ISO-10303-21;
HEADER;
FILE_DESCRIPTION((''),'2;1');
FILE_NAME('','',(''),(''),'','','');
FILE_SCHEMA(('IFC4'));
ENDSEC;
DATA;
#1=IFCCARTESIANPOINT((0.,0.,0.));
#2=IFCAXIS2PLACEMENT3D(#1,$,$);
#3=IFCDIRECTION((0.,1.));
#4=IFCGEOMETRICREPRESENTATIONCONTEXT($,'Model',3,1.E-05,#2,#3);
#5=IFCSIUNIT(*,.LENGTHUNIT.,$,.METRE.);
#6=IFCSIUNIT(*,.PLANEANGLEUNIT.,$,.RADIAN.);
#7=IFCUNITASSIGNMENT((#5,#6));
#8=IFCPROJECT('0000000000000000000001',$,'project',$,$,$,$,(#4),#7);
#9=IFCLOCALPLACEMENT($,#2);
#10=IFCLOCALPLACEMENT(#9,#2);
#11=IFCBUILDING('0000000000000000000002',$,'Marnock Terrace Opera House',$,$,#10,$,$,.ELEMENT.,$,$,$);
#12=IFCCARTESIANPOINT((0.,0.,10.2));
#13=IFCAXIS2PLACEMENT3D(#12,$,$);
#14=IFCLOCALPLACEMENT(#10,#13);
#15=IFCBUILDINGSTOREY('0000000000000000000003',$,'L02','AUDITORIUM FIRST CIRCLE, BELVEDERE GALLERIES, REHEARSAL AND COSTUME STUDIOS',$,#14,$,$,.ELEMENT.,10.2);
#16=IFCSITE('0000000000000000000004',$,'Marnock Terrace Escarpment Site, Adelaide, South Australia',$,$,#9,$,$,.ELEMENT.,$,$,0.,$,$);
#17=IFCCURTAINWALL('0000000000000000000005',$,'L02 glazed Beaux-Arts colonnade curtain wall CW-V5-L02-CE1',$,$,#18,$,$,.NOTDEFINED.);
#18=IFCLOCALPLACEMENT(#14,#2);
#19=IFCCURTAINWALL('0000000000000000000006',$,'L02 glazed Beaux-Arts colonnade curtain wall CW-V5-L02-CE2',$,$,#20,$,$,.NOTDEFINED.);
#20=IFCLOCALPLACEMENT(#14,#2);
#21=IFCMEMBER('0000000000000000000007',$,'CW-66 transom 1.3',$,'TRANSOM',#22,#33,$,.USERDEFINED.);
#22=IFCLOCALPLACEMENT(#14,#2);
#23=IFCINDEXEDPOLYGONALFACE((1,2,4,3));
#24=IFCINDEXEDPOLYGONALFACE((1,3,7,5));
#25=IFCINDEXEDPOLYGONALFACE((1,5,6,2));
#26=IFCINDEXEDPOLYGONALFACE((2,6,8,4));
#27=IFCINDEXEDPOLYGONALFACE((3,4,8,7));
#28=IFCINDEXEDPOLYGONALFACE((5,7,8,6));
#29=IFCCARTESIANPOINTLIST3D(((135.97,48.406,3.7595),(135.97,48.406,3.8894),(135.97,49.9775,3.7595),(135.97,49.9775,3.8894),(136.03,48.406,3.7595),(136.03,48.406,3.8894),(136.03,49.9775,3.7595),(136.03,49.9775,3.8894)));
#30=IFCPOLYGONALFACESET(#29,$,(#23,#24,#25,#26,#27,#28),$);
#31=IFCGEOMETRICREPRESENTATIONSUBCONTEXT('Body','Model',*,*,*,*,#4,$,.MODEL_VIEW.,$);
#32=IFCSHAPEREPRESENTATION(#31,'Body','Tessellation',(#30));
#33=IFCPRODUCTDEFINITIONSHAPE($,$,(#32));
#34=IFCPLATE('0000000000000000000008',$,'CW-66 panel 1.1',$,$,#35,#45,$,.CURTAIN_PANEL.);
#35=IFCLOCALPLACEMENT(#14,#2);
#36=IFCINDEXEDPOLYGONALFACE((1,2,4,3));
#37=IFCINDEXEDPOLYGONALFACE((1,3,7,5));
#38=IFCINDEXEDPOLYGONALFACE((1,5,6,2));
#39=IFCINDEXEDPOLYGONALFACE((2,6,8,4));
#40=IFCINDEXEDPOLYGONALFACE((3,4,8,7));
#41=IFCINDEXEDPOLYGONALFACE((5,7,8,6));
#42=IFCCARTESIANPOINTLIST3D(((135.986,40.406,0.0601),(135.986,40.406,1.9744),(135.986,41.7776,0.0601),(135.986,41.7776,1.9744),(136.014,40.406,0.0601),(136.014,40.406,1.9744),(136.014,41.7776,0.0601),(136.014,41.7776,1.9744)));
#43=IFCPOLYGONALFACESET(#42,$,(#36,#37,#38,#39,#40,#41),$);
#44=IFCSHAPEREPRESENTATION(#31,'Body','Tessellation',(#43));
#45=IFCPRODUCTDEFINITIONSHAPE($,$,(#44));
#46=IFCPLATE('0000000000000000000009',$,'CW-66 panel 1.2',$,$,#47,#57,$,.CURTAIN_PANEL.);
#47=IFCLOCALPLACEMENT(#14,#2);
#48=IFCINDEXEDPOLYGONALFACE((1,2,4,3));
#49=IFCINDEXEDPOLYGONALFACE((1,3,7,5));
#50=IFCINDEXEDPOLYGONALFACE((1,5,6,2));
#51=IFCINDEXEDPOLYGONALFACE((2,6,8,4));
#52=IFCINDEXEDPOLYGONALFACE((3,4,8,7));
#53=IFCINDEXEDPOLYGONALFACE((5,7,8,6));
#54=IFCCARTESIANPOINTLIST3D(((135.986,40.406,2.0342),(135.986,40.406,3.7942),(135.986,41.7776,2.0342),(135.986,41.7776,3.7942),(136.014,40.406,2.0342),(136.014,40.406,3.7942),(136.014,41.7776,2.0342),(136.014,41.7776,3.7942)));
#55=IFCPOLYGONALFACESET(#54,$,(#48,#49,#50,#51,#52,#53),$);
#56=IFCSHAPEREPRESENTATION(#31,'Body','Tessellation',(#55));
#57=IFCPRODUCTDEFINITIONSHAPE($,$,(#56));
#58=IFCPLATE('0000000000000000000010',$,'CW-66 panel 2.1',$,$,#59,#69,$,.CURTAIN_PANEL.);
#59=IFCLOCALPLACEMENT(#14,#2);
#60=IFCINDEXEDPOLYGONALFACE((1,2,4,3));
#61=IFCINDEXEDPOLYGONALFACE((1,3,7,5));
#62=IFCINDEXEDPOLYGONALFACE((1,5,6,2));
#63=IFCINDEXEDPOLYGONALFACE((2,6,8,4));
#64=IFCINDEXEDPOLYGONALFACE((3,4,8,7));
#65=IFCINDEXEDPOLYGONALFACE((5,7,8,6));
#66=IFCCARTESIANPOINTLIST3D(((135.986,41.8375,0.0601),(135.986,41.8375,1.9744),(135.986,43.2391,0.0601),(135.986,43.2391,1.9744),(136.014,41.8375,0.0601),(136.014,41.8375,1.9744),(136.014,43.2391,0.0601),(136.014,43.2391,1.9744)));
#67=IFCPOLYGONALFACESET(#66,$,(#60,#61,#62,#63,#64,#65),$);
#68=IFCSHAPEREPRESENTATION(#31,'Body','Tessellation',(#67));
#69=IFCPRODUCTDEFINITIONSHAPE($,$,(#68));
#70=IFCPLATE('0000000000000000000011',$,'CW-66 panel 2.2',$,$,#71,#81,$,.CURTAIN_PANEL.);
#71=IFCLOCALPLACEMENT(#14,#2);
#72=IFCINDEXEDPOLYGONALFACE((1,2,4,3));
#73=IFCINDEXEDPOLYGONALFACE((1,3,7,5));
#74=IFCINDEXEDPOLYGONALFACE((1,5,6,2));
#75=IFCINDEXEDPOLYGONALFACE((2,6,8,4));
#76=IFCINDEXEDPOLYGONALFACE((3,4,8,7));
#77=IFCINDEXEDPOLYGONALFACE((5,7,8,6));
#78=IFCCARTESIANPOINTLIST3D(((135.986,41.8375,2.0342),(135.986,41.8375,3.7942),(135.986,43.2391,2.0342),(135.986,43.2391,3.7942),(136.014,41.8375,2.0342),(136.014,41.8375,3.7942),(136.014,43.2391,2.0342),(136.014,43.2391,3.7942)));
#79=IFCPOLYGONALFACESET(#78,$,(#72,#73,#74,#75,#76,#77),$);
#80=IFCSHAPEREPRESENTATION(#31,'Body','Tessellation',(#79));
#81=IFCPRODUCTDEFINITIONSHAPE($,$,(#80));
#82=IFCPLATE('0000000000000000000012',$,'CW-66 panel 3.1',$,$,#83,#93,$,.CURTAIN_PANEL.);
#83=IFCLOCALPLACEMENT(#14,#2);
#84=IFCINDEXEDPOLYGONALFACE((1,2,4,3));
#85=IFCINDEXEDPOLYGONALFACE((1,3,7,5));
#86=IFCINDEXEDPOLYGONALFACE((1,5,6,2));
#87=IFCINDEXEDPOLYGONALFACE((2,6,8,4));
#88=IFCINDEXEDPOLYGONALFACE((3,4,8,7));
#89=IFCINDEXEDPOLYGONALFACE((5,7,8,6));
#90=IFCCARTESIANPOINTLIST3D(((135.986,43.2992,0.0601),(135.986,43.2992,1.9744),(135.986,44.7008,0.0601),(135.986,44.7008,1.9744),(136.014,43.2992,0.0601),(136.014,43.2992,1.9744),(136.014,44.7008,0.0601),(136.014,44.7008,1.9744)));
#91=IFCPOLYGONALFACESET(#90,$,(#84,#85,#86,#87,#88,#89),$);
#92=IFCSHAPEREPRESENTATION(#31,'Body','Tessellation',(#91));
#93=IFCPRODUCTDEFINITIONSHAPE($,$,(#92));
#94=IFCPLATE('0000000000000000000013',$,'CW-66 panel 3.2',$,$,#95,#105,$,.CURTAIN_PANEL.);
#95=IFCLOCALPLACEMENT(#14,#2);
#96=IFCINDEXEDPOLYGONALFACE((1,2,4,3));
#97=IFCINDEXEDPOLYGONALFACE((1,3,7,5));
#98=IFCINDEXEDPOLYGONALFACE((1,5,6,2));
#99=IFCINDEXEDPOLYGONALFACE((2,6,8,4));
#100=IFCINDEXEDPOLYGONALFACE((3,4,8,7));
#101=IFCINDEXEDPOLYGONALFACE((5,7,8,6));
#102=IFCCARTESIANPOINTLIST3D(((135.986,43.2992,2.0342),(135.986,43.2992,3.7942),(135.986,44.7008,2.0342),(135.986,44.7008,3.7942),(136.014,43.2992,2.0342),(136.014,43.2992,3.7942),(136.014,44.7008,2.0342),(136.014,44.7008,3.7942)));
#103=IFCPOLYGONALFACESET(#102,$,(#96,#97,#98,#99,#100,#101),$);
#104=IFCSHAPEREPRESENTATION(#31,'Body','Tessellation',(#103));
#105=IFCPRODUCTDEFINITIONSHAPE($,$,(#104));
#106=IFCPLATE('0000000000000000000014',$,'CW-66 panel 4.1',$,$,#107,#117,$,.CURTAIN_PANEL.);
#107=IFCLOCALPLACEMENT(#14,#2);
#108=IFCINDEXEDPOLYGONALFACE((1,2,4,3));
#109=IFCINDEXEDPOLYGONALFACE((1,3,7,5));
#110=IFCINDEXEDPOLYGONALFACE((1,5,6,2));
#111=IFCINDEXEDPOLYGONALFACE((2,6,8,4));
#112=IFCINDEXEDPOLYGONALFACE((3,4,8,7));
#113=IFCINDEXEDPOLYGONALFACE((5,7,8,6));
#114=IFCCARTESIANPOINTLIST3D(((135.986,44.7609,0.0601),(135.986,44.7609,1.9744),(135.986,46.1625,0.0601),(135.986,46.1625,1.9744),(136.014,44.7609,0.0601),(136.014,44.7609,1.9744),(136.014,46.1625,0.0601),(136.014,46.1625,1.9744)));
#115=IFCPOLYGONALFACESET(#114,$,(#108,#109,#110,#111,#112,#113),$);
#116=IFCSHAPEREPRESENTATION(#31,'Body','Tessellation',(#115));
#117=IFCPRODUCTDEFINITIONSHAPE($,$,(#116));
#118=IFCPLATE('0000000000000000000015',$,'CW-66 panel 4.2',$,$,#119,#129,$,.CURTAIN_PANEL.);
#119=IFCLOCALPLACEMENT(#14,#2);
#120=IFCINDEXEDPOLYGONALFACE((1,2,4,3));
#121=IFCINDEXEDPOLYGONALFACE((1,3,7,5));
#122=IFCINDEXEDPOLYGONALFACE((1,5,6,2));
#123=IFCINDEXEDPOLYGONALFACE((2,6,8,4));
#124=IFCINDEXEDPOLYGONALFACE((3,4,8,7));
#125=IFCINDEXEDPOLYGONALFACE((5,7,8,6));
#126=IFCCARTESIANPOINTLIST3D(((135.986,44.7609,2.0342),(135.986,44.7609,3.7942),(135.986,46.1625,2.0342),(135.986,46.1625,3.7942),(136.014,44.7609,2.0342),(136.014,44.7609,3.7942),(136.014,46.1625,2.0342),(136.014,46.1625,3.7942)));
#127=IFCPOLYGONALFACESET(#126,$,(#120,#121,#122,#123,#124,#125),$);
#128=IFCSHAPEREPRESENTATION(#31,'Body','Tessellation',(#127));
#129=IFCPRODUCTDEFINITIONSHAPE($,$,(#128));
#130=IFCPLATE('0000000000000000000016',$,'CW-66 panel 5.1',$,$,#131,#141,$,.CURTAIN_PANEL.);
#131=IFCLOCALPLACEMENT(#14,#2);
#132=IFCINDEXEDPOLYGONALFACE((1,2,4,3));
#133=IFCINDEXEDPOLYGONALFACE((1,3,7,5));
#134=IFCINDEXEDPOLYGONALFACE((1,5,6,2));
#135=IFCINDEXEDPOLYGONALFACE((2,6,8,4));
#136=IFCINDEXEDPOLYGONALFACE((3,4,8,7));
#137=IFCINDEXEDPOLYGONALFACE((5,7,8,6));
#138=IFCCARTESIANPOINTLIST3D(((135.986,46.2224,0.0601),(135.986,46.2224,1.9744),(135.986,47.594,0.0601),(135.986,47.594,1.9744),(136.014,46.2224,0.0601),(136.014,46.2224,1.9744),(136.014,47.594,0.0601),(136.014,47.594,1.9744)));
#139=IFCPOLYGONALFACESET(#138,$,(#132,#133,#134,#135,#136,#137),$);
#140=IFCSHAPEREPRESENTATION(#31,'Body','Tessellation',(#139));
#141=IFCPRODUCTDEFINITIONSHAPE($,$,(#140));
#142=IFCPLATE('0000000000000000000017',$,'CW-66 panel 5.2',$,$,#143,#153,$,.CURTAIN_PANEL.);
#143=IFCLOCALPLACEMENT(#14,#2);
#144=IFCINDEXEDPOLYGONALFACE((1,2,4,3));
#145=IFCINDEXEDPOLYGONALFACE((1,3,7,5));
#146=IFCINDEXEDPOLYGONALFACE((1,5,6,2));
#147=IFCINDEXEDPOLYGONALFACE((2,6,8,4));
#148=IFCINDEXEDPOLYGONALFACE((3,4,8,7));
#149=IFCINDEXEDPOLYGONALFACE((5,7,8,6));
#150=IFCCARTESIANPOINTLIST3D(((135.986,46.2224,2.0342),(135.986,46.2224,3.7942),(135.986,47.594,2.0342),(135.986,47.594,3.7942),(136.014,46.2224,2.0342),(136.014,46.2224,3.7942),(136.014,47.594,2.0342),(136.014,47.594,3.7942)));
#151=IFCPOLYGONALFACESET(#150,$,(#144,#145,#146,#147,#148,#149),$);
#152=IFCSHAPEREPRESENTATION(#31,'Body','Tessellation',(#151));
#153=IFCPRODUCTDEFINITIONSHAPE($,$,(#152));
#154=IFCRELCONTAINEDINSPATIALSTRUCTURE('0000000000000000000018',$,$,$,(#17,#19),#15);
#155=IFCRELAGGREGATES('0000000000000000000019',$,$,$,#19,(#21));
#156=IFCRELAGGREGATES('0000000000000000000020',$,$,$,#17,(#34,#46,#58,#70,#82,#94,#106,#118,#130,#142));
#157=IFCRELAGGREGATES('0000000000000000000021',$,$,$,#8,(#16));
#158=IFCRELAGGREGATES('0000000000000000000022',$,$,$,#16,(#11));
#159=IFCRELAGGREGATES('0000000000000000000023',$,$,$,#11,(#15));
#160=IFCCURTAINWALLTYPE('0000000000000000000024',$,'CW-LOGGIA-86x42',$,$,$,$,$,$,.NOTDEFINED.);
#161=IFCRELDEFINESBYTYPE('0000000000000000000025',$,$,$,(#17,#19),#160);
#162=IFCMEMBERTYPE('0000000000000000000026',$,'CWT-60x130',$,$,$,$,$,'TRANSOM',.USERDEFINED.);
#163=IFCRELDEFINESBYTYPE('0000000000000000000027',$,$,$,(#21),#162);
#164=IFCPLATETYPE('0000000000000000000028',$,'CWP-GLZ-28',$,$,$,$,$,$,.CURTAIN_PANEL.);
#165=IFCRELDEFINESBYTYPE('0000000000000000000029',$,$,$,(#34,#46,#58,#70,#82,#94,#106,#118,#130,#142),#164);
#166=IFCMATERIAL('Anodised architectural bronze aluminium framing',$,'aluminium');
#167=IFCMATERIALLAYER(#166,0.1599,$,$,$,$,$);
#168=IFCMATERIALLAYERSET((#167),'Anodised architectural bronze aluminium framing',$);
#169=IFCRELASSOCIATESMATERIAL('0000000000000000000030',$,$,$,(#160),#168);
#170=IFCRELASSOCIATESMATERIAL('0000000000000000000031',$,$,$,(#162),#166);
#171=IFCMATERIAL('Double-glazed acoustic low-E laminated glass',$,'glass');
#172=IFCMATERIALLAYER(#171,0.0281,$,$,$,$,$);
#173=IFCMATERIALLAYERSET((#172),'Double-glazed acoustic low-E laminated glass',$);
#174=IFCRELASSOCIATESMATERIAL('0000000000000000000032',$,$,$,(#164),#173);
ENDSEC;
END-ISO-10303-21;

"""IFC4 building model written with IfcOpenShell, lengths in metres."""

from ifc_helpers import new_model, si_unit, direction, frame, origin, origin_2d, place, context, subcontext, project, spatial, rectangle, extrude, material, layer, layer_set, material_profile, profile_set, type_object, element, aggregate, save


model = new_model("IFC4")

# Units and contexts
model_context = context("Model", 3, precision=1e-05, world=origin(), true_north=direction((0.0, 1.0)))
body_context = subcontext(model_context, "Body", "Model", "MODEL_VIEW")
ifc_project = project(units=[si_unit("LENGTHUNIT", "METRE"), si_unit("PLANEANGLEUNIT", "RADIAN")], contexts=[model_context])

# Site, building, storey
site_placement = place(None, origin())
site = spatial("IfcSite", under=ifc_project, at=site_placement, Name="Marnock Terrace Escarpment Site, Adelaide, South Australia", CompositionType="ELEMENT", RefElevation=0.0)
building_placement = place(site_placement, origin())
building = spatial("IfcBuilding", under=site, at=building_placement, Name="Marnock Terrace Opera House", CompositionType="ELEMENT")
storey_placement = place(building_placement, frame((0.0, 0.0, 10.2)))
storey = spatial("IfcBuildingStorey", under=building, at=storey_placement, Name="L02", Description="AUDITORIUM FIRST CIRCLE, BELVEDERE GALLERIES, REHEARSAL AND COSTUME STUDIOS", CompositionType="ELEMENT", Elevation=10.2)

# Curtain wall
ifc_material_1 = material(Name="Anodised architectural bronze aluminium framing", Category="aluminium")
ifc_layer_1 = layer(ifc_material_1, 0.1599)
ifc_layer_set_1 = layer_set([ifc_layer_1], Name="Anodised architectural bronze aluminium framing")
curtain_wall_type = type_object("IfcCurtainWallType", Name="CW-LOGGIA-86x42", PredefinedType="NOTDEFINED", material=ifc_layer_set_1)
curtain_wall_1_placement = place(storey_placement, origin())
curtain_wall_1 = element("IfcCurtainWall", 1, at=curtain_wall_1_placement, inside=storey, type_object=curtain_wall_type, Name="L02 glazed Beaux-Arts colonnade curtain wall CW-V5-L02-CE1", PredefinedType="NOTDEFINED")

# Curtain wall
curtain_wall_2_placement = place(storey_placement, origin())
curtain_wall_2 = element("IfcCurtainWall", 2, at=curtain_wall_2_placement, inside=storey, type_object=curtain_wall_type, Name="L02 glazed Beaux-Arts colonnade curtain wall CW-V5-L02-CE2", PredefinedType="NOTDEFINED")

# Member
ifc_material_profile_1 = material_profile(ifc_material_1, rectangle(XDim=0.0601, YDim=0.1299, at=origin_2d()))
ifc_profile_set_1 = profile_set([ifc_material_profile_1], Name="Anodised architectural bronze aluminium framing")
member_type_1 = type_object("IfcMemberType", Name="CWT-60x130", ElementType="TRANSOM", PredefinedType="USERDEFINED", material=ifc_profile_set_1)
member_1_placement = place(storey_placement, frame((136.0, 48.406, 3.8245), z_axis=(0.0, 1.0, 0.0), x_axis=(-1.0, 0.0, 0.0)))
member_1 = element("IfcMember", 3, at=member_1_placement, type_object=member_type_1, Name="CW-66 transom 1.3", ObjectType="TRANSOM", PredefinedType="USERDEFINED", context=body_context, shape_type="SweptSolid", body=[
    extrude(rectangle(XDim=0.0601, YDim=0.1299, at=origin_2d()), origin(), (0.0, 0.0, 1.0), 1.5715),
])
aggregate(curtain_wall_2, [member_1])

# Plates
ifc_material_2 = material(Name="Double-glazed acoustic low-E laminated glass", Category="glass")
ifc_layer_2 = layer(ifc_material_2, 0.0281)
ifc_layer_set_2 = layer_set([ifc_layer_2], Name="Double-glazed acoustic low-E laminated glass")
plate_type = type_object("IfcPlateType", Name="CWP-GLZ-28", PredefinedType="CURTAIN_PANEL", material=ifc_layer_set_2)
plate_1_placement = place(storey_placement, frame((136.0, 41.0918, 0.0601), z_axis=(0.0, 0.0, 1.0), x_axis=(0.0, 1.0, 0.0)))
plate_1 = element("IfcPlate", 4, at=plate_1_placement, type_object=plate_type, Name="CW-66 panel 1.1", PredefinedType="CURTAIN_PANEL", context=body_context, shape_type="SweptSolid", body=[
    extrude(rectangle(XDim=1.3716, YDim=0.0281, at=origin_2d()), origin(), (0.0, 0.0, 1.0), 1.9143),
])
plate_2_placement = place(storey_placement, frame((136.0, 41.0918, 2.0342), z_axis=(0.0, 0.0, 1.0), x_axis=(0.0, 1.0, 0.0)))
plate_2 = element("IfcPlate", 5, at=plate_2_placement, type_object=plate_type, Name="CW-66 panel 1.2", PredefinedType="CURTAIN_PANEL", context=body_context, shape_type="SweptSolid", body=[
    extrude(rectangle(XDim=1.3716, YDim=0.0281, at=origin_2d()), origin(), (0.0, 0.0, 1.0), 1.76),
])
plate_3_placement = place(storey_placement, frame((136.0, 42.5383, 0.0601), z_axis=(0.0, 0.0, 1.0), x_axis=(0.0, 1.0, 0.0)))
plate_3 = element("IfcPlate", 6, at=plate_3_placement, type_object=plate_type, Name="CW-66 panel 2.1", PredefinedType="CURTAIN_PANEL", context=body_context, shape_type="SweptSolid", body=[
    extrude(rectangle(XDim=1.4016, YDim=0.0281, at=origin_2d()), origin(), (0.0, 0.0, 1.0), 1.9143),
])
plate_4_placement = place(storey_placement, frame((136.0, 42.5383, 2.0342), z_axis=(0.0, 0.0, 1.0), x_axis=(0.0, 1.0, 0.0)))
plate_4 = element("IfcPlate", 7, at=plate_4_placement, type_object=plate_type, Name="CW-66 panel 2.2", PredefinedType="CURTAIN_PANEL", context=body_context, shape_type="SweptSolid", body=[
    extrude(rectangle(XDim=1.4016, YDim=0.0281, at=origin_2d()), origin(), (0.0, 0.0, 1.0), 1.76),
])
plate_5_placement = place(storey_placement, frame((136.0, 44.0, 0.0601), z_axis=(0.0, 0.0, 1.0), x_axis=(0.0, 1.0, 0.0)))
plate_5 = element("IfcPlate", 8, at=plate_5_placement, type_object=plate_type, Name="CW-66 panel 3.1", PredefinedType="CURTAIN_PANEL", context=body_context, shape_type="SweptSolid", body=[
    extrude(rectangle(XDim=1.4016, YDim=0.0281, at=origin_2d()), origin(), (0.0, 0.0, 1.0), 1.9143),
])
plate_6_placement = place(storey_placement, frame((136.0, 44.0, 2.0342), z_axis=(0.0, 0.0, 1.0), x_axis=(0.0, 1.0, 0.0)))
plate_6 = element("IfcPlate", 9, at=plate_6_placement, type_object=plate_type, Name="CW-66 panel 3.2", PredefinedType="CURTAIN_PANEL", context=body_context, shape_type="SweptSolid", body=[
    extrude(rectangle(XDim=1.4016, YDim=0.0281, at=origin_2d()), origin(), (0.0, 0.0, 1.0), 1.76),
])
plate_7_placement = place(storey_placement, frame((136.0, 45.4617, 0.0601), z_axis=(0.0, 0.0, 1.0), x_axis=(0.0, 1.0, 0.0)))
plate_7 = element("IfcPlate", 10, at=plate_7_placement, type_object=plate_type, Name="CW-66 panel 4.1", PredefinedType="CURTAIN_PANEL", context=body_context, shape_type="SweptSolid", body=[
    extrude(rectangle(XDim=1.4016, YDim=0.0281, at=origin_2d()), origin(), (0.0, 0.0, 1.0), 1.9143),
])
plate_8_placement = place(storey_placement, frame((136.0, 45.4617, 2.0342), z_axis=(0.0, 0.0, 1.0), x_axis=(0.0, 1.0, 0.0)))
plate_8 = element("IfcPlate", 11, at=plate_8_placement, type_object=plate_type, Name="CW-66 panel 4.2", PredefinedType="CURTAIN_PANEL", context=body_context, shape_type="SweptSolid", body=[
    extrude(rectangle(XDim=1.4016, YDim=0.0281, at=origin_2d()), origin(), (0.0, 0.0, 1.0), 1.76),
])
plate_9_placement = place(storey_placement, frame((136.0, 46.9082, 0.0601), z_axis=(0.0, 0.0, 1.0), x_axis=(0.0, 1.0, 0.0)))
plate_9 = element("IfcPlate", 12, at=plate_9_placement, type_object=plate_type, Name="CW-66 panel 5.1", PredefinedType="CURTAIN_PANEL", context=body_context, shape_type="SweptSolid", body=[
    extrude(rectangle(XDim=1.3716, YDim=0.0281, at=origin_2d()), origin(), (0.0, 0.0, 1.0), 1.9143),
])
plate_10_placement = place(storey_placement, frame((136.0, 46.9082, 2.0342), z_axis=(0.0, 0.0, 1.0), x_axis=(0.0, 1.0, 0.0)))
plate_10 = element("IfcPlate", 13, at=plate_10_placement, type_object=plate_type, Name="CW-66 panel 5.2", PredefinedType="CURTAIN_PANEL", context=body_context, shape_type="SweptSolid", body=[
    extrude(rectangle(XDim=1.3716, YDim=0.0281, at=origin_2d()), origin(), (0.0, 0.0, 1.0), 1.76),
])
aggregate(curtain_wall_1, [plate_1, plate_2, plate_3, plate_4, plate_5, plate_6, plate_7, plate_8, plate_9, plate_10])

save(model, "model.ifc")
